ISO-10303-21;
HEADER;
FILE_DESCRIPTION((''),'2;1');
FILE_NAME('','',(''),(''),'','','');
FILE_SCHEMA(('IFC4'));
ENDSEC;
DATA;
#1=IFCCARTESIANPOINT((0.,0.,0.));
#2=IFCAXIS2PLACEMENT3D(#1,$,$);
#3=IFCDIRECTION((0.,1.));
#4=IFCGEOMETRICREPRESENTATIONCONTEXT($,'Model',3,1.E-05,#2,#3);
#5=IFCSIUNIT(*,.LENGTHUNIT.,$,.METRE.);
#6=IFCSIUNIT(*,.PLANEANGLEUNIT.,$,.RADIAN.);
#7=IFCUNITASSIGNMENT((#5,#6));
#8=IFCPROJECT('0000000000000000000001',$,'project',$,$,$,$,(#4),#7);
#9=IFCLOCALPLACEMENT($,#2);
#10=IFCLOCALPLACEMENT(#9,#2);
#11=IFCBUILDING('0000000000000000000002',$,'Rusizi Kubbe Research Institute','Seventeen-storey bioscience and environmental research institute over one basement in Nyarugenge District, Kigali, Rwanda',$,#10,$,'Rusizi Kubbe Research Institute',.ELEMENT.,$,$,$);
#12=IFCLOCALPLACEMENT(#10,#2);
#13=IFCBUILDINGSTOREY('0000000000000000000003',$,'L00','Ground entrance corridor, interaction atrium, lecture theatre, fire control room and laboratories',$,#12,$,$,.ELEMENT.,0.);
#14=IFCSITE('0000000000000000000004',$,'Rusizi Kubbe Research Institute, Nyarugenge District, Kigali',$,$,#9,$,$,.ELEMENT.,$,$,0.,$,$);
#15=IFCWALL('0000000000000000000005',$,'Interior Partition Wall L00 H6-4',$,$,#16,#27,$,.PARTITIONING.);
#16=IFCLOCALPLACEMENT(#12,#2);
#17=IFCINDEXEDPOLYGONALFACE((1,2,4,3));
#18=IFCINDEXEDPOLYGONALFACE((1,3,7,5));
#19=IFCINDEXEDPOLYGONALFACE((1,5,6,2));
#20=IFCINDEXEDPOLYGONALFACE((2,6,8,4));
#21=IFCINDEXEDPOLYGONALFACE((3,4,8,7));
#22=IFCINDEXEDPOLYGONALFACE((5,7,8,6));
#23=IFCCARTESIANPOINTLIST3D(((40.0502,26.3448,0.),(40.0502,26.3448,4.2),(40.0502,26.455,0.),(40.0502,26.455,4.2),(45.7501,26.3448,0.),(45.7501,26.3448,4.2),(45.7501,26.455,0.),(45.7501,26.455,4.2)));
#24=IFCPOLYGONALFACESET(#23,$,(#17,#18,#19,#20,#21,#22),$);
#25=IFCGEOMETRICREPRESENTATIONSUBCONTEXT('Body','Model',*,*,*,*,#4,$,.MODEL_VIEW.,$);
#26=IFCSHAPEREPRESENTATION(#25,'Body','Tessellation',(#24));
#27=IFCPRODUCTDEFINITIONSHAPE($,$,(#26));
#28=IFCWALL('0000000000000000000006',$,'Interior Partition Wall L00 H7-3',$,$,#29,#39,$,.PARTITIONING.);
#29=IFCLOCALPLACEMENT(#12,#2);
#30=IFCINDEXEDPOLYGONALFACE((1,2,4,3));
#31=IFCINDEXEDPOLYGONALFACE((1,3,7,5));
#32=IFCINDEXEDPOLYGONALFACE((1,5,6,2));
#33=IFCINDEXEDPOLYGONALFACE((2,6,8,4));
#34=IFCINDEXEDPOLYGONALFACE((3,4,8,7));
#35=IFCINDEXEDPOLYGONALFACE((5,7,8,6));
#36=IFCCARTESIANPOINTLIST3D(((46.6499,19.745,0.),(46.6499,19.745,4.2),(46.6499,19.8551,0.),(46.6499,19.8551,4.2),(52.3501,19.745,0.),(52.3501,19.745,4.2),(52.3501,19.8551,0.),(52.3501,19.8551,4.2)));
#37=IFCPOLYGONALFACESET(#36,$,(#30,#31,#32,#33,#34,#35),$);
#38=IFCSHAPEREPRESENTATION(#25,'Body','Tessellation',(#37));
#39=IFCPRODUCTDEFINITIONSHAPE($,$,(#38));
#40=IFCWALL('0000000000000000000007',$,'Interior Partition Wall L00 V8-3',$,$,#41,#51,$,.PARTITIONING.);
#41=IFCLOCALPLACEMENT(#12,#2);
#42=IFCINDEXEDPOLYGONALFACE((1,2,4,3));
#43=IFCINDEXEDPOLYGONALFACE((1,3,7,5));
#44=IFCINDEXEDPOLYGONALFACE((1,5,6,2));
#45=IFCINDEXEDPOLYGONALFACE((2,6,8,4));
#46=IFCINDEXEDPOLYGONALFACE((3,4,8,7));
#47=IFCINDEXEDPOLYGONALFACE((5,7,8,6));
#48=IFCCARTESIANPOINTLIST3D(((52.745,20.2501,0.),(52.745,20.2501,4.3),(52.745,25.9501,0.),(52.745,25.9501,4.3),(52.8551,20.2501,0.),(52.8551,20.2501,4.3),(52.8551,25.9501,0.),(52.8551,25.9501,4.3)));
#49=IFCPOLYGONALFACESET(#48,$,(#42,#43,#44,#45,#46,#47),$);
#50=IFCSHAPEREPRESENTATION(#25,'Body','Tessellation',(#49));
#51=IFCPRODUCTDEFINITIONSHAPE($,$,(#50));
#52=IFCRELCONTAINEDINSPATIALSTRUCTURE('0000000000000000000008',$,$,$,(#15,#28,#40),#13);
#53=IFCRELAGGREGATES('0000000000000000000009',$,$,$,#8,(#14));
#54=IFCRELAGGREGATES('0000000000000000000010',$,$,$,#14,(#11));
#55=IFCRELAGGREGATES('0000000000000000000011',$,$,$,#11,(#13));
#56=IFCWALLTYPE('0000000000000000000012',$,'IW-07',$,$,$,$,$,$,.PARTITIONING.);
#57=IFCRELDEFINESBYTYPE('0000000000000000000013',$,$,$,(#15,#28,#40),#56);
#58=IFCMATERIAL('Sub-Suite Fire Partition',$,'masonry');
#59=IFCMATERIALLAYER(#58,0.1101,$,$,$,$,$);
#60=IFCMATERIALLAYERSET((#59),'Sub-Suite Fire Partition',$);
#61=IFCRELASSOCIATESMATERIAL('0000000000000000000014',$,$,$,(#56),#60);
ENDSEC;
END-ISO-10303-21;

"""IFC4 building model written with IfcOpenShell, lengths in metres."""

from ifc_helpers import new_model, si_unit, direction, frame, frame_2d, origin, place, context, subcontext, project, spatial, rectangle, extrude, material, layer, layer_set, type_object, element, save


model = new_model("IFC4")

# Units and contexts
model_context = context("Model", 3, precision=1e-05, world=origin(), true_north=direction((0.0, 1.0)))
body_context = subcontext(model_context, "Body", "Model", "MODEL_VIEW")
ifc_project = project(units=[si_unit("LENGTHUNIT", "METRE"), si_unit("PLANEANGLEUNIT", "RADIAN")], contexts=[model_context])

# Site, building, storey
site_placement = place(None, origin())
site = spatial("IfcSite", under=ifc_project, at=site_placement, Name="Rusizi Kubbe Research Institute, Nyarugenge District, Kigali", CompositionType="ELEMENT", RefElevation=0.0)
building_placement = place(site_placement, origin())
building = spatial("IfcBuilding", under=site, at=building_placement, Name="Rusizi Kubbe Research Institute", Description="Seventeen-storey bioscience and environmental research institute over one basement in Nyarugenge District, Kigali, Rwanda", LongName="Rusizi Kubbe Research Institute", CompositionType="ELEMENT")
storey_placement = place(building_placement, origin())
storey = spatial("IfcBuildingStorey", under=building, at=storey_placement, Name="L00", Description="Ground entrance corridor, interaction atrium, lecture theatre, fire control room and laboratories", CompositionType="ELEMENT", Elevation=0.0)

# Walls
ifc_material_1 = material(Name="Sub-Suite Fire Partition", Category="masonry")
ifc_layer_1 = layer(ifc_material_1, 0.1101)
ifc_layer_set_1 = layer_set([ifc_layer_1], Name="Sub-Suite Fire Partition")
wall_type_1 = type_object("IfcWallType", Name="IW-07", PredefinedType="PARTITIONING", material=ifc_layer_set_1)
wall_1_placement = place(storey_placement, frame((40.05, 26.3999, 0.0), z_axis=(0.0, 0.0, 1.0), x_axis=(1.0, 0.0, 0.0)))
element("IfcWall", 1, at=wall_1_placement, inside=storey, type_object=wall_type_1, Name="Interior Partition Wall L00 H6-4", PredefinedType="PARTITIONING", context=body_context, shape_type="SweptSolid", body=[
    extrude(rectangle(XDim=5.7, YDim=0.1101, at=frame_2d((2.8501, 0.0))), origin(), (0.0, 0.0, 1.0), 4.2),
])
wall_2_placement = place(storey_placement, frame((46.6499, 19.8, 0.0), z_axis=(0.0, 0.0, 1.0), x_axis=(1.0, 0.0, 0.0)))
element("IfcWall", 2, at=wall_2_placement, inside=storey, type_object=wall_type_1, Name="Interior Partition Wall L00 H7-3", PredefinedType="PARTITIONING", context=body_context, shape_type="SweptSolid", body=[
    extrude(rectangle(XDim=5.7002, YDim=0.1101, at=frame_2d((2.8501, 0.0))), origin(), (0.0, 0.0, 1.0), 4.2),
])
wall_3_placement = place(storey_placement, frame((52.8, 20.25, 0.0), z_axis=(0.0, 0.0, 1.0), x_axis=(0.0, 1.0, 0.0)))
element("IfcWall", 3, at=wall_3_placement, inside=storey, type_object=wall_type_1, Name="Interior Partition Wall L00 V8-3", PredefinedType="PARTITIONING", context=body_context, shape_type="SweptSolid", body=[
    extrude(rectangle(XDim=5.7, YDim=0.1101, at=frame_2d((2.8501, 0.0))), origin(), (0.0, 0.0, 1.0), 4.3),
])

save(model, "model.ifc")
